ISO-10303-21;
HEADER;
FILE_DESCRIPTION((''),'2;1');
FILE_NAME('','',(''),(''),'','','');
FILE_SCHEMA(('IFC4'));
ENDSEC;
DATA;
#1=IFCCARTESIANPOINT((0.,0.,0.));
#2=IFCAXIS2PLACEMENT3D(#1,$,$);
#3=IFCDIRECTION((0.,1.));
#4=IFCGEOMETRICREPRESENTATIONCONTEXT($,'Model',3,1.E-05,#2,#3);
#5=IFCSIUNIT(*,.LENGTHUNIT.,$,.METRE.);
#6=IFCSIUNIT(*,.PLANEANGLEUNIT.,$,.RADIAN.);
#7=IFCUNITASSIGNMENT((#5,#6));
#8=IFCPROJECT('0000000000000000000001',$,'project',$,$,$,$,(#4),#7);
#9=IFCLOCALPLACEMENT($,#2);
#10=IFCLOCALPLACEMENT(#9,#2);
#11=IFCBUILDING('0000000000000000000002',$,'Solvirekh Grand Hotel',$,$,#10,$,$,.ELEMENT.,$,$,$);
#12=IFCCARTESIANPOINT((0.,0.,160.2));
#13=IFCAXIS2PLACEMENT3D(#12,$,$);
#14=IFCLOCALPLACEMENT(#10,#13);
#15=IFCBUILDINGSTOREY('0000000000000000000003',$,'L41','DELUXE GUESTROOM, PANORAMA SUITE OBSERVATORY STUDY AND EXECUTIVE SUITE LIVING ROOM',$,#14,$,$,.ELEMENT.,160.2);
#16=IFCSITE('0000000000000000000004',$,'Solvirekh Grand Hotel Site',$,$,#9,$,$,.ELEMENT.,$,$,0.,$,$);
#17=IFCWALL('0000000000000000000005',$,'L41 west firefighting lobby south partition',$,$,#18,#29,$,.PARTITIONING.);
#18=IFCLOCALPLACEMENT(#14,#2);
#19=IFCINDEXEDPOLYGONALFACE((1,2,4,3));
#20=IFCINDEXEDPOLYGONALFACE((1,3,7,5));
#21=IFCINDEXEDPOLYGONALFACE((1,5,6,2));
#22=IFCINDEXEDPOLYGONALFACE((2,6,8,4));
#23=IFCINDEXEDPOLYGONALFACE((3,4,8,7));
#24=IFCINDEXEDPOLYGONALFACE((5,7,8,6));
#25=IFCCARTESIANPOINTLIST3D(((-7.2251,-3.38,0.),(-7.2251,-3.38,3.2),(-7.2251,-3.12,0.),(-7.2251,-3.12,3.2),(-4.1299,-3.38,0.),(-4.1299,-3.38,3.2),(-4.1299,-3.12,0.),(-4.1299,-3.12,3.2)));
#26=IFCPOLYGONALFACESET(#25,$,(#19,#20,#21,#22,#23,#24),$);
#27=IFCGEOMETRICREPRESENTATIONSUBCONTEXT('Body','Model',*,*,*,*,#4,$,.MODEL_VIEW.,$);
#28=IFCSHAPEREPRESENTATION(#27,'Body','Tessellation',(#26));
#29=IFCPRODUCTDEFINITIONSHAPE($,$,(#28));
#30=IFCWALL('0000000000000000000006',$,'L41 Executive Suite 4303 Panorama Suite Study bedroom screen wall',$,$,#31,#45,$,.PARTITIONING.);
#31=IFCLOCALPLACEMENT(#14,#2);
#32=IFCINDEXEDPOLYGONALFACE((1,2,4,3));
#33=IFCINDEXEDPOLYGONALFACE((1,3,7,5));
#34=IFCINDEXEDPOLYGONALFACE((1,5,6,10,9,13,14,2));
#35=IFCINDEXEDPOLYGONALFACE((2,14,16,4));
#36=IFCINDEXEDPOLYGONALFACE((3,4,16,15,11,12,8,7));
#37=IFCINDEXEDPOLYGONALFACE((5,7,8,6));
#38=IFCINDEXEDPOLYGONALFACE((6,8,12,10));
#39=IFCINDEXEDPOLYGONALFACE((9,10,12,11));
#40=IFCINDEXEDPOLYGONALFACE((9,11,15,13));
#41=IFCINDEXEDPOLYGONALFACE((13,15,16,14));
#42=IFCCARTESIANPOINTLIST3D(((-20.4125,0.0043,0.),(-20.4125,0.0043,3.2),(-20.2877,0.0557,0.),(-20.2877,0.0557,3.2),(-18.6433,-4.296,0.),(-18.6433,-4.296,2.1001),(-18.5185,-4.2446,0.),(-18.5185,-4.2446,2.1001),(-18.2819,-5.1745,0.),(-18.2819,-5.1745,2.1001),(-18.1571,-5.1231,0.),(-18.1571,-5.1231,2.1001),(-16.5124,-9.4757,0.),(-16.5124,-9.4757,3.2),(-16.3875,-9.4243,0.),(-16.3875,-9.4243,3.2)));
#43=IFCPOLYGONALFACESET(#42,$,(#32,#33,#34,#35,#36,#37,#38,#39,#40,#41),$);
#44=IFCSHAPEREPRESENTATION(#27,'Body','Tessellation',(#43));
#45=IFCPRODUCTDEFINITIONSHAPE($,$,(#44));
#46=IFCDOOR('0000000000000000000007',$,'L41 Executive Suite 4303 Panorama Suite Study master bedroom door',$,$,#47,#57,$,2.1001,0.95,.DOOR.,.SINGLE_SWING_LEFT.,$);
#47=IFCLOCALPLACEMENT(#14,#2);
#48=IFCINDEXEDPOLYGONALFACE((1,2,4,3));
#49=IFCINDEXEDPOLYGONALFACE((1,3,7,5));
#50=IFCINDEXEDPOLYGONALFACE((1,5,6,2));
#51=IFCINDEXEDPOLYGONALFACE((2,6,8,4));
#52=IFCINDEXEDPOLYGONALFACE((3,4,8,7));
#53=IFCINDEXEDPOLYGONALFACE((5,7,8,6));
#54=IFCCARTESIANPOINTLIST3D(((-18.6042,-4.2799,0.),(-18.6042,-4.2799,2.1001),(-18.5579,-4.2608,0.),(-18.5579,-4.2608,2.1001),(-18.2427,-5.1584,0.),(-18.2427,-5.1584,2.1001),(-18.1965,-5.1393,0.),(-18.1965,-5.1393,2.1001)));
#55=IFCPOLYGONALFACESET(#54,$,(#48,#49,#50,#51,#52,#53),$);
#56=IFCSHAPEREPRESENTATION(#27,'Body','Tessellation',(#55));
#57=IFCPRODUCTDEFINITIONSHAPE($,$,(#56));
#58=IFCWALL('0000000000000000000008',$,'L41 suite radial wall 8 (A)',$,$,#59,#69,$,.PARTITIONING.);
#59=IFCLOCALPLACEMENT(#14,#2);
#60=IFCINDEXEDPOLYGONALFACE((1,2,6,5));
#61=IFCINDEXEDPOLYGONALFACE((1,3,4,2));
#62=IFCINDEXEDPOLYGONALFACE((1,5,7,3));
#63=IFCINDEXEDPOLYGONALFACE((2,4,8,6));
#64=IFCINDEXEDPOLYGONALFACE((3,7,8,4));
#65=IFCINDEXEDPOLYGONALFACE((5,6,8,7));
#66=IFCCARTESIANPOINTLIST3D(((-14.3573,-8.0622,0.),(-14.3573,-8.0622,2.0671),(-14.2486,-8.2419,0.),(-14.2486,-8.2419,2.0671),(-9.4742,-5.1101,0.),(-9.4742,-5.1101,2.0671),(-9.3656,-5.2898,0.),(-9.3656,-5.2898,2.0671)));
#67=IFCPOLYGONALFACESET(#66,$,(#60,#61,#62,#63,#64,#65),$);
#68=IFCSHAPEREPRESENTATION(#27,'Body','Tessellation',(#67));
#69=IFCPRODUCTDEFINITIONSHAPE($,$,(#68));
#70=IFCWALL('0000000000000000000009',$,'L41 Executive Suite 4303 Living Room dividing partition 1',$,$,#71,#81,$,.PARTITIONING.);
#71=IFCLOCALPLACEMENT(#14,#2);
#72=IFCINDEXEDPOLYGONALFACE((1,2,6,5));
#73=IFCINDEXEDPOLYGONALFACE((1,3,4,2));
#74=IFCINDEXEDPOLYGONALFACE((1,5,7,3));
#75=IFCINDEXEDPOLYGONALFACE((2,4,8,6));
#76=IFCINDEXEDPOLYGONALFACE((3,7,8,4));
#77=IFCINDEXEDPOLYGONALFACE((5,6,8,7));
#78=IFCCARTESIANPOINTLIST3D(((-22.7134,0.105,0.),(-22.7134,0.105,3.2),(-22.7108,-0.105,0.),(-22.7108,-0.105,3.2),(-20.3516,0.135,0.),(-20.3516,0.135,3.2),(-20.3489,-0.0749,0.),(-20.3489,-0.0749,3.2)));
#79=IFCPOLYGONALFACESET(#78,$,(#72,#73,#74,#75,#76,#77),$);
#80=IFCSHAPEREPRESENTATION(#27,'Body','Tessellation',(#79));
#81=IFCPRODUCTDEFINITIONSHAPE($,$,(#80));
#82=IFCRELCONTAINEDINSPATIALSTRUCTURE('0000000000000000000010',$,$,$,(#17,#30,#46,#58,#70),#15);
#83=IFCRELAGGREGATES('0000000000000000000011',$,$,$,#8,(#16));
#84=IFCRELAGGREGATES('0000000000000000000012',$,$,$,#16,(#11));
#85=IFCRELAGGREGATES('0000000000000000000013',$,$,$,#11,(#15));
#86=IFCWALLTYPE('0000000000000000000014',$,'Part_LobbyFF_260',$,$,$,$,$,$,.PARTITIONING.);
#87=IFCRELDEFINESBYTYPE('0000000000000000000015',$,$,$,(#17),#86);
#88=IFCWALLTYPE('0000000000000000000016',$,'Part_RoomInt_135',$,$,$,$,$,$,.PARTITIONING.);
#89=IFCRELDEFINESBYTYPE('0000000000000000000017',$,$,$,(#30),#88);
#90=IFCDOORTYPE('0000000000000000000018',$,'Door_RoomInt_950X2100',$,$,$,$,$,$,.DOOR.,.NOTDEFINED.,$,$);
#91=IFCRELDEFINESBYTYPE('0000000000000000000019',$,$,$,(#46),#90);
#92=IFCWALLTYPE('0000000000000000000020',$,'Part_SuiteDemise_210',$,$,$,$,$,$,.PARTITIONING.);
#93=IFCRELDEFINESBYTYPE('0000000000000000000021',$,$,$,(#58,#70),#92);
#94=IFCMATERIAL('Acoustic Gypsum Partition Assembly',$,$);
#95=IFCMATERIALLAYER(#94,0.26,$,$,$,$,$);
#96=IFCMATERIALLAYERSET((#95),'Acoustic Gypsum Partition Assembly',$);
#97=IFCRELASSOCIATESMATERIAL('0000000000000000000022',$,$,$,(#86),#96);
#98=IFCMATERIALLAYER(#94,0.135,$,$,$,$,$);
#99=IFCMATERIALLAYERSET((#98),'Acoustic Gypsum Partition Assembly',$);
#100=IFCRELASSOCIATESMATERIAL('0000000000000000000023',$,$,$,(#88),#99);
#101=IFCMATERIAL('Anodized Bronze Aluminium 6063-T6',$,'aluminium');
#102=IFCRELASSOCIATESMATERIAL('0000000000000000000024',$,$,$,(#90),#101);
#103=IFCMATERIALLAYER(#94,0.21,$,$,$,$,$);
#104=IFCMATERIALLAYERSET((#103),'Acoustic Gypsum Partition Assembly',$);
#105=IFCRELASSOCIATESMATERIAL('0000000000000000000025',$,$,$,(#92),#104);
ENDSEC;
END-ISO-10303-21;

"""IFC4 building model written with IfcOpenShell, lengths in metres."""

from ifc_helpers import new_model, si_unit, direction, frame, frame_2d, origin, place, context, subcontext, project, spatial, rectangle, extrude, material, layer, layer_set, type_object, element, fill, save


model = new_model("IFC4")

# Units and contexts
model_context = context("Model", 3, precision=1e-05, world=origin(), true_north=direction((0.0, 1.0)))
body_context = subcontext(model_context, "Body", "Model", "MODEL_VIEW")
ifc_project = project(units=[si_unit("LENGTHUNIT", "METRE"), si_unit("PLANEANGLEUNIT", "RADIAN")], contexts=[model_context])

# Site, building, storey
site_placement = place(None, origin())
site = spatial("IfcSite", under=ifc_project, at=site_placement, Name="Solvirekh Grand Hotel Site", CompositionType="ELEMENT", RefElevation=0.0)
building_placement = place(site_placement, origin())
building = spatial("IfcBuilding", under=site, at=building_placement, Name="Solvirekh Grand Hotel", CompositionType="ELEMENT")
storey_placement = place(building_placement, frame((0.0, 0.0, 160.2)))
storey = spatial("IfcBuildingStorey", under=building, at=storey_placement, Name="L41", Description="DELUXE GUESTROOM, PANORAMA SUITE OBSERVATORY STUDY AND EXECUTIVE SUITE LIVING ROOM", CompositionType="ELEMENT", Elevation=160.2)

# Shared definitions
ifc_material_1 = material(Name="Anodized Bronze Aluminium 6063-T6", Category="aluminium")

# Shared definitions
ifc_material_2 = material(Name="Acoustic Gypsum Partition Assembly")

# Wall
ifc_layer_1 = layer(ifc_material_2, 0.26)
ifc_layer_set_1 = layer_set([ifc_layer_1], Name="Acoustic Gypsum Partition Assembly")
wall_type_1 = type_object("IfcWallType", Name="Part_LobbyFF_260", PredefinedType="PARTITIONING", material=ifc_layer_set_1)
wall_1_placement = place(storey_placement, frame((-7.2251, -3.25, 0.0), z_axis=(0.0, 0.0, 1.0), x_axis=(1.0, 0.0, 0.0)))
element("IfcWall", 1, at=wall_1_placement, inside=storey, type_object=wall_type_1, Name="L41 west firefighting lobby south partition", PredefinedType="PARTITIONING", context=body_context, shape_type="SweptSolid", body=[
    extrude(rectangle(XDim=3.0952, YDim=0.26, at=frame_2d((1.5476, 0.0))), origin(), (0.0, 0.0, 1.0), 3.2),
])

# Wall, opening, door
ifc_layer_2 = layer(ifc_material_2, 0.135)
ifc_layer_set_2 = layer_set([ifc_layer_2], Name="Acoustic Gypsum Partition Assembly")
wall_type_2 = type_object("IfcWallType", Name="Part_RoomInt_135", PredefinedType="PARTITIONING", material=ifc_layer_set_2)
wall_2_placement = place(storey_placement, frame((-20.3501, 0.03, 0.0), z_axis=(0.0, 0.0, 1.0), x_axis=(0.380468, -0.924794, 0.0)))
wall_2 = element("IfcWall", 2, at=wall_2_placement, inside=storey, type_object=wall_type_2, Name="L41 Executive Suite 4303 Panorama Suite Study bedroom screen wall", PredefinedType="PARTITIONING", context=body_context, shape_type="SweptSolid", body=[
    extrude(rectangle(XDim=10.251, YDim=0.135, at=frame_2d((5.1255, 0.0))), origin(), (0.0, 0.0, 1.0), 3.2),
])
opening_1_placement = place(wall_2_placement, frame((4.6499, 0.0, 0.0)))
opening_1 = element("IfcOpeningElement", 3, at=opening_1_placement, cuts=wall_2, PredefinedType="OPENING", context=body_context, shape_type="SweptSolid", body=[
    extrude(rectangle(XDim=0.95, YDim=2.1001, at=frame_2d((0.4751, 1.05))), frame((0.0, 0.0776, 0.0), z_axis=(0.0, -1.0, 0.0), x_axis=(1.0, 0.0, 0.0)), (0.0, 0.0, 1.0), 0.155),
])
door_type_1 = type_object("IfcDoorType", Name="Door_RoomInt_950X2100", OperationType="NOTDEFINED", PredefinedType="DOOR", material=ifc_material_1)
door_1_placement = place(opening_1_placement, origin())
door_1 = element("IfcDoor", 4, at=door_1_placement, inside=storey, type_object=door_type_1, Name="L41 Executive Suite 4303 Panorama Suite Study master bedroom door", OperationType="SINGLE_SWING_LEFT", OverallHeight=2.1001, OverallWidth=0.95, PredefinedType="DOOR", context=body_context, shape_type="SweptSolid", body=[
    extrude(rectangle(XDim=0.95, YDim=2.1001, at=frame_2d((0.4751, 1.05))), frame((0.0, 0.0249, 0.0), z_axis=(0.0, -1.0, 0.0), x_axis=(1.0, 0.0, 0.0)), (0.0, 0.0, 1.0), 0.05),
])
fill(opening_1, door_1)

# Walls
ifc_layer_3 = layer(ifc_material_2, 0.21)
ifc_layer_set_3 = layer_set([ifc_layer_3], Name="Acoustic Gypsum Partition Assembly")
wall_type_3 = type_object("IfcWallType", Name="Part_SuiteDemise_210", PredefinedType="PARTITIONING", material=ifc_layer_set_3)
wall_3_placement = place(storey_placement, frame((-9.4199, -5.2, 0.0), z_axis=(0.0, 0.0, 1.0), x_axis=(-0.855763, -0.517368, 0.0)))
element("IfcWall", 5, at=wall_3_placement, inside=storey, type_object=wall_type_3, Name="L41 suite radial wall 8 (A)", PredefinedType="PARTITIONING", context=body_context, shape_type="SweptSolid", body=[
    extrude(rectangle(XDim=5.7061, YDim=0.21, at=frame_2d((2.853, 0.0))), origin(), (0.0, 0.0, 1.0), 2.0671),
])
wall_4_placement = place(storey_placement, frame((-20.3501, 0.03, 0.0), z_axis=(0.0, 0.0, 1.0), x_axis=(-0.999919, -0.012713, 0.0)))
element("IfcWall", 6, at=wall_4_placement, inside=storey, type_object=wall_type_3, Name="L41 Executive Suite 4303 Living Room dividing partition 1", PredefinedType="PARTITIONING", context=body_context, shape_type="SweptSolid", body=[
    extrude(rectangle(XDim=2.3621, YDim=0.21, at=frame_2d((1.1812, 0.0))), origin(), (0.0, 0.0, 1.0), 3.2),
])

save(model, "model.ifc")
